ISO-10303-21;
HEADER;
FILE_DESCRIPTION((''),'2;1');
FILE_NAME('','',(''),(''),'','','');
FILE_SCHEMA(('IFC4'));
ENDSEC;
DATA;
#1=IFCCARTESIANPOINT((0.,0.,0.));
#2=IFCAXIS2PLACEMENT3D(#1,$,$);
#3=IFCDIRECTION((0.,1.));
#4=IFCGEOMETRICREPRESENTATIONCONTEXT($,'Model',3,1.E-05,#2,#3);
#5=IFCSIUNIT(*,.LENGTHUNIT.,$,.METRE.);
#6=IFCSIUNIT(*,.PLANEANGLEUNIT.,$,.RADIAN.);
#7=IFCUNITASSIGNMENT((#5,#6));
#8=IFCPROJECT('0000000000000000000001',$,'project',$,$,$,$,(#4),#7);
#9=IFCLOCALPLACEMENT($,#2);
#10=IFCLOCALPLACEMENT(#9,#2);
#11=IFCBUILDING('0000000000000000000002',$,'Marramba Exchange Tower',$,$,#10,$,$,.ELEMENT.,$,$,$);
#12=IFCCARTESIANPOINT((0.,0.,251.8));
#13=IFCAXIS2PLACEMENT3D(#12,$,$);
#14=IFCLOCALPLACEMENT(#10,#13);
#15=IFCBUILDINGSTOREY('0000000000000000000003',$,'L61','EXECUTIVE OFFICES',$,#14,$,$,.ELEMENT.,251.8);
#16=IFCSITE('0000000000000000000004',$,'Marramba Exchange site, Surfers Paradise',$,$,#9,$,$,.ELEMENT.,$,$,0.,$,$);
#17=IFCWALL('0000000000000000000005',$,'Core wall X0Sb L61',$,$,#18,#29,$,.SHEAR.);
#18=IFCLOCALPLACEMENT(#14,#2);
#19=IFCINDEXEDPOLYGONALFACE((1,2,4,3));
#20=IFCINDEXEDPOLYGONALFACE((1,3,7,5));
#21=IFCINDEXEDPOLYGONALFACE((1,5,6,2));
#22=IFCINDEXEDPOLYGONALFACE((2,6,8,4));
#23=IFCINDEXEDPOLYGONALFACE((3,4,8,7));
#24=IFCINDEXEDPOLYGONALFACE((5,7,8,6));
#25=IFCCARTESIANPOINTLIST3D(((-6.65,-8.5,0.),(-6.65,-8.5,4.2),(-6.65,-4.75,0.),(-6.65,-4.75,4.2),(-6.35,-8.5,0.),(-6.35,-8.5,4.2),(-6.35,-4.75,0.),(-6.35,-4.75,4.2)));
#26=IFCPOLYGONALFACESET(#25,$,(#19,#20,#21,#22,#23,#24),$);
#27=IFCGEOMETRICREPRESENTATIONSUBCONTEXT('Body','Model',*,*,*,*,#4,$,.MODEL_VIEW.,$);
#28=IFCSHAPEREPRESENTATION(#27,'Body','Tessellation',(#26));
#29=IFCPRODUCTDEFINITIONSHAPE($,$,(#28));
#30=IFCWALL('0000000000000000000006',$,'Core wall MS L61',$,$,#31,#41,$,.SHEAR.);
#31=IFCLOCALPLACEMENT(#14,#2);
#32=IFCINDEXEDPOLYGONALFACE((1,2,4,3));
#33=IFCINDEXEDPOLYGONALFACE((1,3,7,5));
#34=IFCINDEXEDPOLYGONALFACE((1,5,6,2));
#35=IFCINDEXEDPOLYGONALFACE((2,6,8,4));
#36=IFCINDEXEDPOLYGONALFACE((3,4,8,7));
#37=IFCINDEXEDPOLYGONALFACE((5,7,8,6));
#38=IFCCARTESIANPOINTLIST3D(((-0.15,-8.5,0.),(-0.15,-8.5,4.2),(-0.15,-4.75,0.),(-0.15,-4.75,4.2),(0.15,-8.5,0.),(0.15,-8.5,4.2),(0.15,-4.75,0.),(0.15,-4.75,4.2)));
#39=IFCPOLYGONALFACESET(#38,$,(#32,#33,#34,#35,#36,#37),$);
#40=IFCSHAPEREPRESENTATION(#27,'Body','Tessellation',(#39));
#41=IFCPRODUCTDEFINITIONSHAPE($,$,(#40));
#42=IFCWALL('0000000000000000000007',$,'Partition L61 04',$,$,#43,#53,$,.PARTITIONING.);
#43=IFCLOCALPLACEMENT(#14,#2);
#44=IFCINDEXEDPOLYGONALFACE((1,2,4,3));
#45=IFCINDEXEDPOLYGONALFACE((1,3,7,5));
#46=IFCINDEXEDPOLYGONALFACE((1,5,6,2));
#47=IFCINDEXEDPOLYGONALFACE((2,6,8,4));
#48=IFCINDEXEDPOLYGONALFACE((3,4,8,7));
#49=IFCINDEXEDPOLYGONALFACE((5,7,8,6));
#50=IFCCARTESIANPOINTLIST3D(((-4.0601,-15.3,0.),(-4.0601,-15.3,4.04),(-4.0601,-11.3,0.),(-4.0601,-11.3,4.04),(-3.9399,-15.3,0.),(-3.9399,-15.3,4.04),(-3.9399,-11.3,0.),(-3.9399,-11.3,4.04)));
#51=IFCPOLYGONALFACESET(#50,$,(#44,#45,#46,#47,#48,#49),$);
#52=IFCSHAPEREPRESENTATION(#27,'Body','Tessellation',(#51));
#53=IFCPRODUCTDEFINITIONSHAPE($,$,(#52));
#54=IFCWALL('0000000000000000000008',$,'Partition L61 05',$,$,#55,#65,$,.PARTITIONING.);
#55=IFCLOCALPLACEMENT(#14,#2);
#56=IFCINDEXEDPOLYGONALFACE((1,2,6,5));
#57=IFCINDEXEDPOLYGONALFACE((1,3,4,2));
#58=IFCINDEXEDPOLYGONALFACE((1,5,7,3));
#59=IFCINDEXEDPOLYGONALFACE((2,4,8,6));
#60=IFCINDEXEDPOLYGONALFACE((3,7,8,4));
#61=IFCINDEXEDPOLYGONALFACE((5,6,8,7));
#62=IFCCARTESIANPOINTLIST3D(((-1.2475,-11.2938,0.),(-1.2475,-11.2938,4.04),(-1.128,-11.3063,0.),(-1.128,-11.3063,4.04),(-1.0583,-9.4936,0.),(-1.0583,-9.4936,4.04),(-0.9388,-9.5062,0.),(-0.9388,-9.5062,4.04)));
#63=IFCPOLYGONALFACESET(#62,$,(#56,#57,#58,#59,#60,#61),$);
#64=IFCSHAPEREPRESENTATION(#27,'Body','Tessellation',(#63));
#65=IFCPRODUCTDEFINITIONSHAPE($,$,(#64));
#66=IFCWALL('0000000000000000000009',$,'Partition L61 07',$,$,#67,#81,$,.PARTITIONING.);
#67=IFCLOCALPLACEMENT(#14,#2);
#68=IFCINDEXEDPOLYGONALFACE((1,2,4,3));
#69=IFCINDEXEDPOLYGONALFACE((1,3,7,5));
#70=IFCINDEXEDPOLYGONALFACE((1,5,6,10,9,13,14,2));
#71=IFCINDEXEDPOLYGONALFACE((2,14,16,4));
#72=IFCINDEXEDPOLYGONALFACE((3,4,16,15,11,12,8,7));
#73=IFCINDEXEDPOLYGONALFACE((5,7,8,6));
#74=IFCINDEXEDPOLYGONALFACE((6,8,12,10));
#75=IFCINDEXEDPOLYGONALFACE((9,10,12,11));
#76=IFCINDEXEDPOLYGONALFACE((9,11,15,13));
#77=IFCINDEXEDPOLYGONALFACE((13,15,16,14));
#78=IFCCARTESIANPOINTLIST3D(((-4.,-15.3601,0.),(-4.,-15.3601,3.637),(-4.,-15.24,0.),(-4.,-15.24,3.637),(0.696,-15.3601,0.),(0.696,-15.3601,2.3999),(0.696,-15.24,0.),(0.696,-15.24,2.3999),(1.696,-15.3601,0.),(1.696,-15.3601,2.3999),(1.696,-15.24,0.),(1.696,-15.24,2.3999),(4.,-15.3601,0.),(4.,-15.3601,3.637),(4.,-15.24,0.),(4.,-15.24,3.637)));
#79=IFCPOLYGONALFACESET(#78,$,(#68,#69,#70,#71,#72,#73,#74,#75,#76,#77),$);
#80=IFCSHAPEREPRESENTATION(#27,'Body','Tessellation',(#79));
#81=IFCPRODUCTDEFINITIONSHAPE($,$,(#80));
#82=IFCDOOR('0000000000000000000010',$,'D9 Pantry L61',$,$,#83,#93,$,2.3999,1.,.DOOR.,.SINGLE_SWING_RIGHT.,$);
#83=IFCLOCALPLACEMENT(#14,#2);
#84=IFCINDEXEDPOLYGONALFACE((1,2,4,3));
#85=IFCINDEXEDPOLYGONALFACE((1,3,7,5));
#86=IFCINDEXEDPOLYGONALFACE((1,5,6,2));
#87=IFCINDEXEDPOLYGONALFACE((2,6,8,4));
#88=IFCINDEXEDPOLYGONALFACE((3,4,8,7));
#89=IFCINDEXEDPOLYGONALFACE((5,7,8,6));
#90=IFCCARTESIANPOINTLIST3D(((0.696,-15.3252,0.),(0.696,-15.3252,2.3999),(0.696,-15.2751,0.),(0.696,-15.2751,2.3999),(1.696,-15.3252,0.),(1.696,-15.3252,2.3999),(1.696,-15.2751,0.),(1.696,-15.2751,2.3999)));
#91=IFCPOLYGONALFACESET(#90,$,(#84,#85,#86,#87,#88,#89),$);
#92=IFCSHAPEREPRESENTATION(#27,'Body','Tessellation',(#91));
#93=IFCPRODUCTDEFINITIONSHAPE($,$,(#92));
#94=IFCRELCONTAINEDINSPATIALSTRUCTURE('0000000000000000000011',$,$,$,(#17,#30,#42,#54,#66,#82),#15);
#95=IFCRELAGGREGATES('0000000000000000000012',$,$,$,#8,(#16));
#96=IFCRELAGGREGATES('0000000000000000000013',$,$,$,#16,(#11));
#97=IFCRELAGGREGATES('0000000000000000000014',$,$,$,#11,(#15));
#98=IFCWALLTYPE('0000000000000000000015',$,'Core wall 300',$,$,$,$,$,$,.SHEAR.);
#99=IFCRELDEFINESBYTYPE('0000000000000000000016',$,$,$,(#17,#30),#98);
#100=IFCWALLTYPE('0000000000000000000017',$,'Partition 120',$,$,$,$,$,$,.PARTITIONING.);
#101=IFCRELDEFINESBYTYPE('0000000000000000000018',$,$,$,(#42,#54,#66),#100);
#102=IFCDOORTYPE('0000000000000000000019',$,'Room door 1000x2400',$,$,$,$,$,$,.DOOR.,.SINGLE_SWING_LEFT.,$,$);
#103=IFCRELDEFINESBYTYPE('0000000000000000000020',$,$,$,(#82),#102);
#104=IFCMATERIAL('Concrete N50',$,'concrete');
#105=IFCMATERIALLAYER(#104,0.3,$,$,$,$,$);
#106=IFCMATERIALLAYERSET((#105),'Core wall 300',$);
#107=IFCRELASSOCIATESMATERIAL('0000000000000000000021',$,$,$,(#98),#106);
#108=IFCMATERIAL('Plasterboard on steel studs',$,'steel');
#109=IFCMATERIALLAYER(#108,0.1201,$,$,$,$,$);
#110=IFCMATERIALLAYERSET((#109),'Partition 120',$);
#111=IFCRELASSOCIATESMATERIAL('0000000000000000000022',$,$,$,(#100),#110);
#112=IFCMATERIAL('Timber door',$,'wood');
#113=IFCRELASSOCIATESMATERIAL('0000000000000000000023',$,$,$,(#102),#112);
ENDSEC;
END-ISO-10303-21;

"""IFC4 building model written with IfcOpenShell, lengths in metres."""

from ifc_helpers import new_model, si_unit, direction, frame, frame_2d, origin, place, context, subcontext, project, spatial, rectangle, extrude, material, layer, layer_set, type_object, element, fill, save


model = new_model("IFC4")

# Units and contexts
model_context = context("Model", 3, precision=1e-05, world=origin(), true_north=direction((0.0, 1.0)))
body_context = subcontext(model_context, "Body", "Model", "MODEL_VIEW")
ifc_project = project(units=[si_unit("LENGTHUNIT", "METRE"), si_unit("PLANEANGLEUNIT", "RADIAN")], contexts=[model_context])

# Site, building, storey
site_placement = place(None, origin())
site = spatial("IfcSite", under=ifc_project, at=site_placement, Name="Marramba Exchange site, Surfers Paradise", CompositionType="ELEMENT", RefElevation=0.0)
building_placement = place(site_placement, origin())
building = spatial("IfcBuilding", under=site, at=building_placement, Name="Marramba Exchange Tower", CompositionType="ELEMENT")
storey_placement = place(building_placement, frame((0.0, 0.0, 251.8)))
storey = spatial("IfcBuildingStorey", under=building, at=storey_placement, Name="L61", Description="EXECUTIVE OFFICES", CompositionType="ELEMENT", Elevation=251.8)

# Shared definitions
ifc_material_1 = material(Name="Concrete N50", Category="concrete")

# Walls
ifc_layer_1 = layer(ifc_material_1, 0.3)
ifc_layer_set_1 = layer_set([ifc_layer_1], Name="Core wall 300")
wall_type_1 = type_object("IfcWallType", Name="Core wall 300", PredefinedType="SHEAR", material=ifc_layer_set_1)
for number, where, z_axis, x_axis, name in (
    (1, (-6.5, -4.75, 0.0), (0.0, 0.0, 1.0), (0.0, -1.0, 0.0), "Core wall X0Sb L61"),
    (2, (0.0, -4.75, 0.0), (0.0, 0.0, 1.0), (0.0, -1.0, 0.0), "Core wall MS L61"),
):
    element("IfcWall", number, at=place(storey_placement, frame(where, z_axis=z_axis, x_axis=x_axis)), inside=storey, type_object=wall_type_1, Name=name, PredefinedType="SHEAR", context=body_context, shape_type="SweptSolid", body=[
        extrude(rectangle(XDim=3.75, YDim=0.3, at=frame_2d((1.875, 0.0))), origin(), (0.0, 0.0, 1.0), 4.2),
    ])
ifc_material_2 = material(Name="Plasterboard on steel studs", Category="steel")
ifc_layer_2 = layer(ifc_material_2, 0.1201)
ifc_layer_set_2 = layer_set([ifc_layer_2], Name="Partition 120")
wall_type_2 = type_object("IfcWallType", Name="Partition 120", PredefinedType="PARTITIONING", material=ifc_layer_set_2)
wall_1_placement = place(storey_placement, frame((-4.0, -11.3, 0.0), z_axis=(0.0, 0.0, 1.0), x_axis=(0.0, -1.0, 0.0)))
element("IfcWall", 3, at=wall_1_placement, inside=storey, type_object=wall_type_2, Name="Partition L61 04", PredefinedType="PARTITIONING", context=body_context, shape_type="SweptSolid", body=[
    extrude(rectangle(XDim=4.0, YDim=0.1201, at=frame_2d((2.0, 0.0))), origin(), (0.0, 0.0, 1.0), 4.04),
])
wall_2_placement = place(storey_placement, frame((-1.1877, -11.3, 0.0), z_axis=(0.0, 0.0, 1.0), x_axis=(0.104537, 0.994521, 0.0)))
element("IfcWall", 4, at=wall_2_placement, inside=storey, type_object=wall_type_2, Name="Partition L61 05", PredefinedType="PARTITIONING", context=body_context, shape_type="SweptSolid", body=[
    extrude(rectangle(XDim=1.8101, YDim=0.1201, at=frame_2d((0.905, 0.0))), origin(), (0.0, 0.0, 1.0), 4.04),
])

# Wall, opening, door
wall_3_placement = place(storey_placement, frame((-4.0, -15.3, 0.0), z_axis=(0.0, 0.0, 1.0), x_axis=(1.0, 0.0, 0.0)))
wall_3 = element("IfcWall", 5, at=wall_3_placement, inside=storey, type_object=wall_type_2, Name="Partition L61 07", PredefinedType="PARTITIONING", context=body_context, shape_type="SweptSolid", body=[
    extrude(rectangle(XDim=8.0, YDim=0.1201, at=frame_2d((4.0, 0.0))), origin(), (0.0, 0.0, 1.0), 3.637),
])
opening_1_placement = place(wall_3_placement, frame((4.696, 0.0, 0.0)))
opening_1 = element("IfcOpeningElement", 6, at=opening_1_placement, cuts=wall_3, PredefinedType="OPENING", context=body_context, shape_type="SweptSolid", body=[
    extrude(rectangle(XDim=1.0, YDim=2.3999, at=frame_2d((0.5, 1.2))), frame((0.0, 0.0701, 0.0), z_axis=(0.0, -1.0, 0.0), x_axis=(1.0, 0.0, 0.0)), (0.0, 0.0, 1.0), 0.1401),
])
ifc_material_3 = material(Name="Timber door", Category="wood")
door_type = type_object("IfcDoorType", Name="Room door 1000x2400", OperationType="SINGLE_SWING_LEFT", PredefinedType="DOOR", material=ifc_material_3)
door_1_placement = place(opening_1_placement, origin())
door_1 = element("IfcDoor", 7, at=door_1_placement, inside=storey, type_object=door_type, Name="D9 Pantry L61", OperationType="SINGLE_SWING_RIGHT", OverallHeight=2.3999, OverallWidth=1.0, PredefinedType="DOOR", context=body_context, shape_type="SweptSolid", body=[
    extrude(rectangle(XDim=1.0, YDim=2.3999, at=frame_2d((0.5, 1.2))), frame((0.0, 0.0249, 0.0), z_axis=(0.0, -1.0, 0.0), x_axis=(1.0, 0.0, 0.0)), (0.0, 0.0, 1.0), 0.05),
])
fill(opening_1, door_1)

save(model, "model.ifc")
